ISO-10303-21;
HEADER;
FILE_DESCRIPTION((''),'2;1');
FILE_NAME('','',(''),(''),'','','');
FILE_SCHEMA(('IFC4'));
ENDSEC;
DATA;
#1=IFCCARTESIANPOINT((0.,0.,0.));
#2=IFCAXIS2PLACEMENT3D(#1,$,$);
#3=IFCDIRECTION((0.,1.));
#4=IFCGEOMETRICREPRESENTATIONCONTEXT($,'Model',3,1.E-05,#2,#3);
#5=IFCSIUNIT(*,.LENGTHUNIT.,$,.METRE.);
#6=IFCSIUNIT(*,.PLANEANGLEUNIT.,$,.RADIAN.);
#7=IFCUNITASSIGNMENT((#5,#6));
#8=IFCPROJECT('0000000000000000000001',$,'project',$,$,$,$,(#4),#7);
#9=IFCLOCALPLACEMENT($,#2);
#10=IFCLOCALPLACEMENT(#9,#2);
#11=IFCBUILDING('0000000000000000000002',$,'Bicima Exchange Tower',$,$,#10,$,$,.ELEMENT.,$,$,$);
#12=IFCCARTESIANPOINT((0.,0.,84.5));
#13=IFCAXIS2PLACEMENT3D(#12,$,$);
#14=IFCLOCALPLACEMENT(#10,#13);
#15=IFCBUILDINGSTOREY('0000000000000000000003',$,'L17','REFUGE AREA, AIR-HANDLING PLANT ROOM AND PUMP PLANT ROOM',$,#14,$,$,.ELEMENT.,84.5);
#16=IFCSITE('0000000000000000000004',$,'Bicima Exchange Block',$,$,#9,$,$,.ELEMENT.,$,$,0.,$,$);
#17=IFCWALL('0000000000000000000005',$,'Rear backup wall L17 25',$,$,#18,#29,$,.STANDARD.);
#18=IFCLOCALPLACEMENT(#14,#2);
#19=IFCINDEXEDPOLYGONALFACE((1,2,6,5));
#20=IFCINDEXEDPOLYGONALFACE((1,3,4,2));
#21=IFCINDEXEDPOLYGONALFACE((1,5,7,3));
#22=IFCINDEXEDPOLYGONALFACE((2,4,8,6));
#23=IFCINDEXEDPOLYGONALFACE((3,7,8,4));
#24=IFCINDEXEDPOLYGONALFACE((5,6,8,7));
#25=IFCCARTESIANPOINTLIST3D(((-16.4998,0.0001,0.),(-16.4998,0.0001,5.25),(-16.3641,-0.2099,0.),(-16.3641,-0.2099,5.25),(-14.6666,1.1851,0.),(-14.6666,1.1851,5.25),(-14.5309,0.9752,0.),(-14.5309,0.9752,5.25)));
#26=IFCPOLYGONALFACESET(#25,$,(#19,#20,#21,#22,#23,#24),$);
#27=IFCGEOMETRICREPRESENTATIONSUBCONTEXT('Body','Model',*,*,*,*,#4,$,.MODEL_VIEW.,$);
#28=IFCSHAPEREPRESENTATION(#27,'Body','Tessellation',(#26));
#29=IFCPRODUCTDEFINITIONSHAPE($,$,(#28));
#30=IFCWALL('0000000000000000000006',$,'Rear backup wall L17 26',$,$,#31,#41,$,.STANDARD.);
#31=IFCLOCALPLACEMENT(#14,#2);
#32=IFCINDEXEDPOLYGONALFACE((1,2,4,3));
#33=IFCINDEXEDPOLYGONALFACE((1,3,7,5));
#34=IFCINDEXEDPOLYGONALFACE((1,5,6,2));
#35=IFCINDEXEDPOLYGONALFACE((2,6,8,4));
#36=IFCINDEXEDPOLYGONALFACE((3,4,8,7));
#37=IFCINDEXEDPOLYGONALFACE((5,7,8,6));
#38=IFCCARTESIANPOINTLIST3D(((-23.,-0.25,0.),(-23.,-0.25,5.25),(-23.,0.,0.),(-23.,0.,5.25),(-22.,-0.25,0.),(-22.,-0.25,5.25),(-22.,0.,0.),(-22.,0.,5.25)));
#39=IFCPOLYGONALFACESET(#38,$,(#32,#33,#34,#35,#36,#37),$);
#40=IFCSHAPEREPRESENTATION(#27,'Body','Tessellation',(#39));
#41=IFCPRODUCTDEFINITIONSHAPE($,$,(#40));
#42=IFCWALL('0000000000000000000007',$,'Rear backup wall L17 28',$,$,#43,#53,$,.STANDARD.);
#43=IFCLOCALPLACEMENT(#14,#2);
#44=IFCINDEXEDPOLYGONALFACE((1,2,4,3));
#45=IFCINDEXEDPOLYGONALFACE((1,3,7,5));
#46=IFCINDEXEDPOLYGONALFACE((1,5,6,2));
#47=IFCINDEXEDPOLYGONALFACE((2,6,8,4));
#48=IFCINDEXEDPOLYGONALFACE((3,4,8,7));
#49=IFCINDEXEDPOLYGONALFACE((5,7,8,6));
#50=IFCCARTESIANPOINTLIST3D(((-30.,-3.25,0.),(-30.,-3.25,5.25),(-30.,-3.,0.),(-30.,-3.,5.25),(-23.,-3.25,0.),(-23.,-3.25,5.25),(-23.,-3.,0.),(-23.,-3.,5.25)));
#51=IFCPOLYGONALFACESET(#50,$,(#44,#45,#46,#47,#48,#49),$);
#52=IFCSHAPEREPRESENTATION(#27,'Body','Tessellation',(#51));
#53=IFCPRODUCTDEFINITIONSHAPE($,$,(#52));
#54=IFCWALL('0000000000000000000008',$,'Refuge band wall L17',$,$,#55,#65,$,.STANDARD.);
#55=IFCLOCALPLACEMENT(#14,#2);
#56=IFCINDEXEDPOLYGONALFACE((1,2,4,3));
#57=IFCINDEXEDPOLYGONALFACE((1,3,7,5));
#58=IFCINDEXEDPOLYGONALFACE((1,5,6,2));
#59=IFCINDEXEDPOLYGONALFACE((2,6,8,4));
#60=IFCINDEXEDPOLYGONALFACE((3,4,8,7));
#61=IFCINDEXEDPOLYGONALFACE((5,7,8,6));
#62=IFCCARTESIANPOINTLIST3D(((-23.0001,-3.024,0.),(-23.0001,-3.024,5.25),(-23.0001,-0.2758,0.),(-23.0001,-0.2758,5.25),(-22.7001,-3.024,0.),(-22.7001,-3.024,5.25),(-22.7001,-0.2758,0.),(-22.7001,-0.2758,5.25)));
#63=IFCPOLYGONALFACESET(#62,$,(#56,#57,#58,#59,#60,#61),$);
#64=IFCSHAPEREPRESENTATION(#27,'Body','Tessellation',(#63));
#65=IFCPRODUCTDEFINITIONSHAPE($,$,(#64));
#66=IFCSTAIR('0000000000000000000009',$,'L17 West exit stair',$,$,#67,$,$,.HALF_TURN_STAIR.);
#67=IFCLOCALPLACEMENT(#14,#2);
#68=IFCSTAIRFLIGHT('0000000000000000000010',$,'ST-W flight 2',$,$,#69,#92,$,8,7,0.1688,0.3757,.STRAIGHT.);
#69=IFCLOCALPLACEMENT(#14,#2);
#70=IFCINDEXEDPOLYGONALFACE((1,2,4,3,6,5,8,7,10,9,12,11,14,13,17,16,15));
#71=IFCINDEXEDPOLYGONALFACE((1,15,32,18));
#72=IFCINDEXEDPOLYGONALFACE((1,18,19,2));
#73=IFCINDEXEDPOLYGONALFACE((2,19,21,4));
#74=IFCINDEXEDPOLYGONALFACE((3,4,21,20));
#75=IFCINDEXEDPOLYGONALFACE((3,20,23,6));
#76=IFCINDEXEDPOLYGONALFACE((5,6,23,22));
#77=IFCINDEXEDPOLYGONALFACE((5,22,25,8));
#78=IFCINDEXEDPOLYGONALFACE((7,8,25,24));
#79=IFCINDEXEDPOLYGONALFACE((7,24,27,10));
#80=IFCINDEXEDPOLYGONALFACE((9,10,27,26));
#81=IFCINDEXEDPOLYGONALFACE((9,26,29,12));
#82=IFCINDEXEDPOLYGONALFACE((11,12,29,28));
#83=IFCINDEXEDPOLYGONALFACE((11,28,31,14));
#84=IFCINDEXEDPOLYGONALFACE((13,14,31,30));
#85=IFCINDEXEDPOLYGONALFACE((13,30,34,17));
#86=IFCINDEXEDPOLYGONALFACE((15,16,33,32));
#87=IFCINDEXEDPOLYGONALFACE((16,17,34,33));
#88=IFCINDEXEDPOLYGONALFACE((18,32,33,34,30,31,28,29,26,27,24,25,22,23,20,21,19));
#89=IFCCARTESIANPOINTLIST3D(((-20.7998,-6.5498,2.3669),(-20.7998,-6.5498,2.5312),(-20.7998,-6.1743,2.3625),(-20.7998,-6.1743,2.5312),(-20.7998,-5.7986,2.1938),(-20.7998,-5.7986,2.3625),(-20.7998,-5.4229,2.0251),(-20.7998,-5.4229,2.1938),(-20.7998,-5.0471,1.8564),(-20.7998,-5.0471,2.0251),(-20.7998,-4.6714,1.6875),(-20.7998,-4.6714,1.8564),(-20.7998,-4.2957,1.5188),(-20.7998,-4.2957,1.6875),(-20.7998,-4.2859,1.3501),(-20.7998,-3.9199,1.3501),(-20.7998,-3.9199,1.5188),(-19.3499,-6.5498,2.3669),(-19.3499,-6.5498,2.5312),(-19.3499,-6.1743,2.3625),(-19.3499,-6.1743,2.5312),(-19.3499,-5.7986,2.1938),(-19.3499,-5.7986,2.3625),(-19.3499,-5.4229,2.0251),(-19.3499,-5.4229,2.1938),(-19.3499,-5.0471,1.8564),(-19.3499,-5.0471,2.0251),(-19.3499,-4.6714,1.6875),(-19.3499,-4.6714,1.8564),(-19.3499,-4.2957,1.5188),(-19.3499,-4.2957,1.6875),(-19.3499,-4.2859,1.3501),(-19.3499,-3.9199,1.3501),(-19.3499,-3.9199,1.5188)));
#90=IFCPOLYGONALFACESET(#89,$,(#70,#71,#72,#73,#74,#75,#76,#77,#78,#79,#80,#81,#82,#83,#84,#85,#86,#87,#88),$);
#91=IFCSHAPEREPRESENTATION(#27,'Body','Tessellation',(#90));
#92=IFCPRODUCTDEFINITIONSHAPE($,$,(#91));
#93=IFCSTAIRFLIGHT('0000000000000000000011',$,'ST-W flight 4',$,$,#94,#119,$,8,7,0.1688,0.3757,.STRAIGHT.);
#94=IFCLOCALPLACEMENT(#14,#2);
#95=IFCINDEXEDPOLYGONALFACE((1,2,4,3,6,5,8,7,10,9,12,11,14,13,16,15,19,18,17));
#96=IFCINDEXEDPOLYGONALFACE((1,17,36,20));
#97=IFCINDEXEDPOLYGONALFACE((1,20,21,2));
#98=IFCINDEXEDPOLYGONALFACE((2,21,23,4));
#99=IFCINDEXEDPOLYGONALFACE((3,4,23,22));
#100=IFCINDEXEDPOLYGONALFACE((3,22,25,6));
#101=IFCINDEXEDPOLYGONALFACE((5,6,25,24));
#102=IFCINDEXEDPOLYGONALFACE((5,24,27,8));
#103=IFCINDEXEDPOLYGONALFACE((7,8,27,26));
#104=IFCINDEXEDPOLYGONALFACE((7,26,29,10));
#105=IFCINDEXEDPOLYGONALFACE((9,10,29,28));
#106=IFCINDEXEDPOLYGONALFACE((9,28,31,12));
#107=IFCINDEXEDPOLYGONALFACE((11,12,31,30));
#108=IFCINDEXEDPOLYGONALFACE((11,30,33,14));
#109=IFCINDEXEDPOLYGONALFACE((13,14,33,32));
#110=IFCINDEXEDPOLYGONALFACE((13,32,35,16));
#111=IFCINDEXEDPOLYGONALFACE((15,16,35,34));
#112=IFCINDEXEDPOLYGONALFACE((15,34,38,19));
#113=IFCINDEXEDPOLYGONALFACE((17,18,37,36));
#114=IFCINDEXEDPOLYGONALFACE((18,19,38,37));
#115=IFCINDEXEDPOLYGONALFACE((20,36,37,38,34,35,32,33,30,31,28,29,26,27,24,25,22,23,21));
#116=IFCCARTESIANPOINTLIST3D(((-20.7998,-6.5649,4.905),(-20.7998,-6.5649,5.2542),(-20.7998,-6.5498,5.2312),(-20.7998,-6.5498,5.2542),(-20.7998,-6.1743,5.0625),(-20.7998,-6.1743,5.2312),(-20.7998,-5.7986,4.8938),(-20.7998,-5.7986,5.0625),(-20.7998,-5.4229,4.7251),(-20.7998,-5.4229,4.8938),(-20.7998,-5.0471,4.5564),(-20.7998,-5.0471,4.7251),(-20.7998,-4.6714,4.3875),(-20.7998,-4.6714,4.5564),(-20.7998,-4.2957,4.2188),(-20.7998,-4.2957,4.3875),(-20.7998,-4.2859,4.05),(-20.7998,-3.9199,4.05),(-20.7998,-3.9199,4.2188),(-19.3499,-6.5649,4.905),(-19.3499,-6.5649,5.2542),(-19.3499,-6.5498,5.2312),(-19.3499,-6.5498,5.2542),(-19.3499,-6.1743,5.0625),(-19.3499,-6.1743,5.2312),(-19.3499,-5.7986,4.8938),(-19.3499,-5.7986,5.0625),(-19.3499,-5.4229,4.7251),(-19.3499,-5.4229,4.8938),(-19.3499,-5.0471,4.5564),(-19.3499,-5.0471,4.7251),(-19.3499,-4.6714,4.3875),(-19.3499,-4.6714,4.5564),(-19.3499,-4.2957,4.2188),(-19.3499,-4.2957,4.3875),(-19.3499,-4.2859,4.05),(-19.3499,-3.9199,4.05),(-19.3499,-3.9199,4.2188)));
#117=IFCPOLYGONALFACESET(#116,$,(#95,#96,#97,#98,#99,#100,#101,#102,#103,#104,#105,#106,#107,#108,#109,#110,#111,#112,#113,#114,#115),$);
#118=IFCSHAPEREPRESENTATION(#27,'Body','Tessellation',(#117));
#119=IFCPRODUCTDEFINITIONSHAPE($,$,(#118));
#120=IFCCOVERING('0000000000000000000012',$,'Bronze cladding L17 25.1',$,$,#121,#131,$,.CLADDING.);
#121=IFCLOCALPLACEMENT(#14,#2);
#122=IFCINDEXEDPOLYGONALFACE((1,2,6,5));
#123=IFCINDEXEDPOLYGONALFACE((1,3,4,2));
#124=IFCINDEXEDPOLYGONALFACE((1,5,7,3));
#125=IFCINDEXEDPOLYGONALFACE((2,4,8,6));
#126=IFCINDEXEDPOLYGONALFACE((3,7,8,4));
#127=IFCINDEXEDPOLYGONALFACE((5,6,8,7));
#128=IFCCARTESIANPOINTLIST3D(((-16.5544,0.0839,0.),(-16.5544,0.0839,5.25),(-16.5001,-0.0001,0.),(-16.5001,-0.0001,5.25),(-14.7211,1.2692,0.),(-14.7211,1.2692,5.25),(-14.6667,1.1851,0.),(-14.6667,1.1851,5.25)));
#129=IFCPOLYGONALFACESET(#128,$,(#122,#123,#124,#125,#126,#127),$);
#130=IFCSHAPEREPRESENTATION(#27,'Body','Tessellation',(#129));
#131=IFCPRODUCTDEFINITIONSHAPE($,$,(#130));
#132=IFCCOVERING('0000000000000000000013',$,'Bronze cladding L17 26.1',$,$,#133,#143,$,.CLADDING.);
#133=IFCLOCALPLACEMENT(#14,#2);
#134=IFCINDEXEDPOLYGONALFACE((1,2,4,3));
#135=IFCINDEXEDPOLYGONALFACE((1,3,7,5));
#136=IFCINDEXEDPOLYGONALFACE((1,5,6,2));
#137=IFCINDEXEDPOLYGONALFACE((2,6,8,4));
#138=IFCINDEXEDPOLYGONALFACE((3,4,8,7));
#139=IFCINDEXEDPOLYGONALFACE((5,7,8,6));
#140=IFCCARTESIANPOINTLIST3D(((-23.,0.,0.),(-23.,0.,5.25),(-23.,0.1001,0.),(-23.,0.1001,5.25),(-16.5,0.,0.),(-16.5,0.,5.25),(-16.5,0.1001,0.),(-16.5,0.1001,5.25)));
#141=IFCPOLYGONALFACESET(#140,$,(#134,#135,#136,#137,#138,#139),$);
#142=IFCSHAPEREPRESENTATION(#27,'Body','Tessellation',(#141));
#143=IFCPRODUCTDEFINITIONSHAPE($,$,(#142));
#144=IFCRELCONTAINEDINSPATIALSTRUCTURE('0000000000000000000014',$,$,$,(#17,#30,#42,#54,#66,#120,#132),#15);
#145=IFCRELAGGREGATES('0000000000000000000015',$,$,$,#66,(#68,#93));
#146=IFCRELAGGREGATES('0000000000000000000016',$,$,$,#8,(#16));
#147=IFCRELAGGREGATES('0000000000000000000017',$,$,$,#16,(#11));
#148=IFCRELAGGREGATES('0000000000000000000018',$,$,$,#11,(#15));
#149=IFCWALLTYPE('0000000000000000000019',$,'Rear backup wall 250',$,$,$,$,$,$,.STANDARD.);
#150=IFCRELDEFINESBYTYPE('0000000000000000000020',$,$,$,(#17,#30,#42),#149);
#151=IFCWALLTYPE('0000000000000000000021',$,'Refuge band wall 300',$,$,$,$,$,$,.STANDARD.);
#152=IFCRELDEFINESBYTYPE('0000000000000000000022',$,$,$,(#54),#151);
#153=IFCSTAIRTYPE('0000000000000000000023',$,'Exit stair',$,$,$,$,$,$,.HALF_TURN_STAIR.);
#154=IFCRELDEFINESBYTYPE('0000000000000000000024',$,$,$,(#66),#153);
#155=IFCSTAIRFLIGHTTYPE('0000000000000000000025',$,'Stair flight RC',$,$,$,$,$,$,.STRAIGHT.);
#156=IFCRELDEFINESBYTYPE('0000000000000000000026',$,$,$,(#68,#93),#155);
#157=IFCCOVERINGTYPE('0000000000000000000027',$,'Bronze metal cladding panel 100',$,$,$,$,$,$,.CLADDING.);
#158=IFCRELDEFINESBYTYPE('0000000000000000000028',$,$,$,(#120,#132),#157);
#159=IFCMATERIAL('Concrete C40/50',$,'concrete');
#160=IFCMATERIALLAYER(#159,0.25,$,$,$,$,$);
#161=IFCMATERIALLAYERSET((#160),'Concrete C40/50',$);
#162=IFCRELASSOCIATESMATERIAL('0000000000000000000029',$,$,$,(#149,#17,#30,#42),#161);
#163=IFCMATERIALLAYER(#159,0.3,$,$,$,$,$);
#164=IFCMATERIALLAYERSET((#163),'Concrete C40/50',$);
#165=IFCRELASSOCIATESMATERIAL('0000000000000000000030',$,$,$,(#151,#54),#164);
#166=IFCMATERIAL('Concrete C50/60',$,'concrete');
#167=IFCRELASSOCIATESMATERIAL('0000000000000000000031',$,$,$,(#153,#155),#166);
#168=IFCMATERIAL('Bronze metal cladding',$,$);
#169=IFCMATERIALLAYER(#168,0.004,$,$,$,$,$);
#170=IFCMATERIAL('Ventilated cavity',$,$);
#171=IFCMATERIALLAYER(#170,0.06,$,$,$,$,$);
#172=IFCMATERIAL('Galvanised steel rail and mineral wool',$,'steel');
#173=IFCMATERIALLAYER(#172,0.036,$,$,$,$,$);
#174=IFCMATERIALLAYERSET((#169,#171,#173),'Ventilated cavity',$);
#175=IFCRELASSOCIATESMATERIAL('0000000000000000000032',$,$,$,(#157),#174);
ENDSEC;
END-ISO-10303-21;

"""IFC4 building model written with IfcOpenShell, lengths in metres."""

from ifc_helpers import new_model, si_unit, direction, frame, frame_2d, origin, origin_2d, place, context, subcontext, project, spatial, polyline, rectangle, outline, extrude, material, layer, layer_set, layer_usage, type_object, element, aggregate, save


model = new_model("IFC4")

# Units and contexts
model_context = context("Model", 3, precision=1e-05, world=origin(), true_north=direction((0.0, 1.0)))
body_context = subcontext(model_context, "Body", "Model", "MODEL_VIEW")
ifc_project = project(units=[si_unit("LENGTHUNIT", "METRE"), si_unit("PLANEANGLEUNIT", "RADIAN")], contexts=[model_context])

# Site, building, storey
site_placement = place(None, origin())
site = spatial("IfcSite", under=ifc_project, at=site_placement, Name="Bicima Exchange Block", CompositionType="ELEMENT", RefElevation=0.0)
building_placement = place(site_placement, origin())
building = spatial("IfcBuilding", under=site, at=building_placement, Name="Bicima Exchange Tower", CompositionType="ELEMENT")
storey_placement = place(building_placement, frame((0.0, 0.0, 84.5)))
storey = spatial("IfcBuildingStorey", under=building, at=storey_placement, Name="L17", Description="REFUGE AREA, AIR-HANDLING PLANT ROOM AND PUMP PLANT ROOM", CompositionType="ELEMENT", Elevation=84.5)

# Walls
ifc_material_1 = material(Name="Concrete C40/50", Category="concrete")
ifc_layer_1 = layer(ifc_material_1, 0.25)
ifc_layer_set_1 = layer_set([ifc_layer_1], Name="Concrete C40/50")
ifc_layer_usage_1 = layer_usage(ifc_layer_set_1, "AXIS2", "POSITIVE", -0.125)
wall_type_1 = type_object("IfcWallType", Name="Rear backup wall 250", PredefinedType="STANDARD", material=ifc_layer_set_1)
wall_1_placement = place(storey_placement, frame((-14.5989, 1.0801, 0.0), z_axis=(0.0, 0.0, 1.0), x_axis=(-0.839813, -0.542876, 0.0)))
element("IfcWall", 1, at=wall_1_placement, inside=storey, type_object=wall_type_1, material=ifc_layer_usage_1, Name="Rear backup wall L17 25", PredefinedType="STANDARD", context=body_context, shape_type="SweptSolid", body=[
    extrude(rectangle(XDim=2.1829, YDim=0.25, at=frame_2d((1.0913, 0.0))), origin(), (0.0, 0.0, 1.0), 5.25),
])
wall_2_placement = place(storey_placement, frame((-22.0, -0.125, 0.0), z_axis=(0.0, 0.0, 1.0), x_axis=(-1.0, 0.0, 0.0)))
element("IfcWall", 2, at=wall_2_placement, inside=storey, type_object=wall_type_1, material=ifc_layer_usage_1, Name="Rear backup wall L17 26", PredefinedType="STANDARD", context=body_context, shape_type="SweptSolid", body=[
    extrude(rectangle(XDim=1.0, YDim=0.25, at=frame_2d((0.5, 0.0))), origin(), (0.0, 0.0, 1.0), 5.25),
])
wall_3_placement = place(storey_placement, frame((-23.0, -3.125, 0.0), z_axis=(0.0, 0.0, 1.0), x_axis=(-1.0, 0.0, 0.0)))
element("IfcWall", 3, at=wall_3_placement, inside=storey, type_object=wall_type_1, material=ifc_layer_usage_1, Name="Rear backup wall L17 28", PredefinedType="STANDARD", context=body_context, shape_type="SweptSolid", body=[
    extrude(rectangle(XDim=7.0, YDim=0.25, at=frame_2d((3.5, 0.0))), origin(), (0.0, 0.0, 1.0), 5.25),
])
ifc_layer_2 = layer(ifc_material_1, 0.3)
ifc_layer_set_2 = layer_set([ifc_layer_2], Name="Concrete C40/50")
ifc_layer_usage_2 = layer_usage(ifc_layer_set_2, "AXIS2", "POSITIVE", -0.15)
wall_type_2 = type_object("IfcWallType", Name="Refuge band wall 300", PredefinedType="STANDARD", material=ifc_layer_set_2)
wall_4_placement = place(storey_placement, frame((-22.8501, -0.2759, 0.0), z_axis=(0.0, 0.0, 1.0), x_axis=(0.0, -1.0, 0.0)))
element("IfcWall", 4, at=wall_4_placement, inside=storey, type_object=wall_type_2, material=ifc_layer_usage_2, Name="Refuge band wall L17", PredefinedType="STANDARD", context=body_context, shape_type="SweptSolid", body=[
    extrude(rectangle(XDim=2.7483, YDim=0.3, at=frame_2d((1.374, 0.0))), origin(), (0.0, 0.0, 1.0), 5.25),
])

# Stair, stair flights
ifc_material_2 = material(Name="Concrete C50/60", Category="concrete")
stair_type = type_object("IfcStairType", Name="Exit stair", PredefinedType="HALF_TURN_STAIR", material=ifc_material_2)
stair_placement = place(storey_placement, origin())
stair = element("IfcStair", 5, at=stair_placement, inside=storey, type_object=stair_type, Name="L17 West exit stair", PredefinedType="HALF_TURN_STAIR")
stair_flight_type = type_object("IfcStairFlightType", Name="Stair flight RC", PredefinedType="STRAIGHT", material=ifc_material_2)
stair_flight_1_placement = place(storey_placement, frame((-20.075, -3.9199, 1.3501), z_axis=(0.0, 0.0, 1.0), x_axis=(0.0, -1.0, 0.0)))
stair_flight_1 = element("IfcStairFlight", 6, at=stair_flight_1_placement, type_object=stair_flight_type, Name="ST-W flight 2", NumberOfRisers=8, NumberOfTreads=7, PredefinedType="STRAIGHT", RiserHeight=0.1688, TreadLength=0.3757, context=body_context, shape_type="SweptSolid", body=[
    extrude(outline(polyline([(0.0, 0.0), (0.0, 0.1687), (0.3757, 0.1687), (0.3757, 0.3374), (0.7515, 0.3374), (0.7515, 0.5063), (1.1272, 0.5063), (1.1272, 0.675), (1.5029, 0.675), (1.5029, 0.8438), (1.8787, 0.8438), (1.8787, 1.0125), (2.2544, 1.0125), (2.2544, 1.1812), (2.6299, 1.1812), (2.6299, 1.3501), (2.6299, 1.0168), (0.366, 0.0), (0.0, 0.0)])), frame((0.0, 0.7251, 0.0), z_axis=(0.0, -1.0, 0.0), x_axis=(1.0, 0.0, 0.0)), (0.0, 0.0, 1.0), 1.45),
])
stair_flight_2_placement = place(storey_placement, frame((-20.075, -3.9199, 4.05), z_axis=(0.0, 0.0, 1.0), x_axis=(0.0, -1.0, 0.0)))
stair_flight_2 = element("IfcStairFlight", 7, at=stair_flight_2_placement, type_object=stair_flight_type, Name="ST-W flight 4", NumberOfRisers=8, NumberOfTreads=7, PredefinedType="STRAIGHT", RiserHeight=0.1688, TreadLength=0.3757, context=body_context, shape_type="SweptSolid", body=[
    extrude(outline(polyline([(0.0, 0.0), (0.0, 0.1687), (0.3757, 0.1687), (0.3757, 0.3374), (0.7515, 0.3374), (0.7515, 0.5063), (1.1272, 0.5063), (1.1272, 0.675), (1.5029, 0.675), (1.5029, 0.8438), (1.8787, 0.8438), (1.8787, 1.0125), (2.2544, 1.0125), (2.2544, 1.1812), (2.6299, 1.1812), (2.6299, 1.2041), (2.645, 1.2041), (2.645, 0.855), (0.366, 0.0), (0.0, 0.0)])), frame((0.0, 0.7251, 0.0), z_axis=(0.0, -1.0, 0.0), x_axis=(1.0, 0.0, 0.0)), (0.0, 0.0, 1.0), 1.45),
])
aggregate(stair, [stair_flight_1, stair_flight_2])

# Coverings
ifc_material_3 = material(Name="Bronze metal cladding")
ifc_layer_3 = layer(ifc_material_3, 0.004)
ifc_material_4 = material(Name="Ventilated cavity")
ifc_layer_4 = layer(ifc_material_4, 0.06)
ifc_material_5 = material(Name="Galvanised steel rail and mineral wool", Category="steel")
ifc_layer_5 = layer(ifc_material_5, 0.036)
ifc_layer_set_3 = layer_set([ifc_layer_3, ifc_layer_4, ifc_layer_5], Name="Ventilated cavity")
covering_type = type_object("IfcCoveringType", Name="Bronze metal cladding panel 100", PredefinedType="CLADDING", material=ifc_layer_set_3)
covering_1_placement = place(storey_placement, frame((-15.6106, 0.6345, 0.0), z_axis=(0.0, 0.0, 1.0), x_axis=(-0.83979, -0.542911, 0.0)))
element("IfcCovering", 8, at=covering_1_placement, inside=storey, type_object=covering_type, Name="Bronze cladding L17 25.1", PredefinedType="CLADDING", context=body_context, shape_type="SweptSolid", body=[
    extrude(rectangle(XDim=2.1831, YDim=0.1001, at=origin_2d()), origin(), (0.0, 0.0, 1.0), 5.25),
])
covering_2_placement = place(storey_placement, frame((-19.75, 0.05, 0.0), z_axis=(0.0, 0.0, 1.0), x_axis=(-1.0, 0.0, 0.0)))
element("IfcCovering", 9, at=covering_2_placement, inside=storey, type_object=covering_type, Name="Bronze cladding L17 26.1", PredefinedType="CLADDING", context=body_context, shape_type="SweptSolid", body=[
    extrude(rectangle(XDim=6.5, YDim=0.1001, at=origin_2d()), origin(), (0.0, 0.0, 1.0), 5.25),
])

save(model, "model.ifc")
